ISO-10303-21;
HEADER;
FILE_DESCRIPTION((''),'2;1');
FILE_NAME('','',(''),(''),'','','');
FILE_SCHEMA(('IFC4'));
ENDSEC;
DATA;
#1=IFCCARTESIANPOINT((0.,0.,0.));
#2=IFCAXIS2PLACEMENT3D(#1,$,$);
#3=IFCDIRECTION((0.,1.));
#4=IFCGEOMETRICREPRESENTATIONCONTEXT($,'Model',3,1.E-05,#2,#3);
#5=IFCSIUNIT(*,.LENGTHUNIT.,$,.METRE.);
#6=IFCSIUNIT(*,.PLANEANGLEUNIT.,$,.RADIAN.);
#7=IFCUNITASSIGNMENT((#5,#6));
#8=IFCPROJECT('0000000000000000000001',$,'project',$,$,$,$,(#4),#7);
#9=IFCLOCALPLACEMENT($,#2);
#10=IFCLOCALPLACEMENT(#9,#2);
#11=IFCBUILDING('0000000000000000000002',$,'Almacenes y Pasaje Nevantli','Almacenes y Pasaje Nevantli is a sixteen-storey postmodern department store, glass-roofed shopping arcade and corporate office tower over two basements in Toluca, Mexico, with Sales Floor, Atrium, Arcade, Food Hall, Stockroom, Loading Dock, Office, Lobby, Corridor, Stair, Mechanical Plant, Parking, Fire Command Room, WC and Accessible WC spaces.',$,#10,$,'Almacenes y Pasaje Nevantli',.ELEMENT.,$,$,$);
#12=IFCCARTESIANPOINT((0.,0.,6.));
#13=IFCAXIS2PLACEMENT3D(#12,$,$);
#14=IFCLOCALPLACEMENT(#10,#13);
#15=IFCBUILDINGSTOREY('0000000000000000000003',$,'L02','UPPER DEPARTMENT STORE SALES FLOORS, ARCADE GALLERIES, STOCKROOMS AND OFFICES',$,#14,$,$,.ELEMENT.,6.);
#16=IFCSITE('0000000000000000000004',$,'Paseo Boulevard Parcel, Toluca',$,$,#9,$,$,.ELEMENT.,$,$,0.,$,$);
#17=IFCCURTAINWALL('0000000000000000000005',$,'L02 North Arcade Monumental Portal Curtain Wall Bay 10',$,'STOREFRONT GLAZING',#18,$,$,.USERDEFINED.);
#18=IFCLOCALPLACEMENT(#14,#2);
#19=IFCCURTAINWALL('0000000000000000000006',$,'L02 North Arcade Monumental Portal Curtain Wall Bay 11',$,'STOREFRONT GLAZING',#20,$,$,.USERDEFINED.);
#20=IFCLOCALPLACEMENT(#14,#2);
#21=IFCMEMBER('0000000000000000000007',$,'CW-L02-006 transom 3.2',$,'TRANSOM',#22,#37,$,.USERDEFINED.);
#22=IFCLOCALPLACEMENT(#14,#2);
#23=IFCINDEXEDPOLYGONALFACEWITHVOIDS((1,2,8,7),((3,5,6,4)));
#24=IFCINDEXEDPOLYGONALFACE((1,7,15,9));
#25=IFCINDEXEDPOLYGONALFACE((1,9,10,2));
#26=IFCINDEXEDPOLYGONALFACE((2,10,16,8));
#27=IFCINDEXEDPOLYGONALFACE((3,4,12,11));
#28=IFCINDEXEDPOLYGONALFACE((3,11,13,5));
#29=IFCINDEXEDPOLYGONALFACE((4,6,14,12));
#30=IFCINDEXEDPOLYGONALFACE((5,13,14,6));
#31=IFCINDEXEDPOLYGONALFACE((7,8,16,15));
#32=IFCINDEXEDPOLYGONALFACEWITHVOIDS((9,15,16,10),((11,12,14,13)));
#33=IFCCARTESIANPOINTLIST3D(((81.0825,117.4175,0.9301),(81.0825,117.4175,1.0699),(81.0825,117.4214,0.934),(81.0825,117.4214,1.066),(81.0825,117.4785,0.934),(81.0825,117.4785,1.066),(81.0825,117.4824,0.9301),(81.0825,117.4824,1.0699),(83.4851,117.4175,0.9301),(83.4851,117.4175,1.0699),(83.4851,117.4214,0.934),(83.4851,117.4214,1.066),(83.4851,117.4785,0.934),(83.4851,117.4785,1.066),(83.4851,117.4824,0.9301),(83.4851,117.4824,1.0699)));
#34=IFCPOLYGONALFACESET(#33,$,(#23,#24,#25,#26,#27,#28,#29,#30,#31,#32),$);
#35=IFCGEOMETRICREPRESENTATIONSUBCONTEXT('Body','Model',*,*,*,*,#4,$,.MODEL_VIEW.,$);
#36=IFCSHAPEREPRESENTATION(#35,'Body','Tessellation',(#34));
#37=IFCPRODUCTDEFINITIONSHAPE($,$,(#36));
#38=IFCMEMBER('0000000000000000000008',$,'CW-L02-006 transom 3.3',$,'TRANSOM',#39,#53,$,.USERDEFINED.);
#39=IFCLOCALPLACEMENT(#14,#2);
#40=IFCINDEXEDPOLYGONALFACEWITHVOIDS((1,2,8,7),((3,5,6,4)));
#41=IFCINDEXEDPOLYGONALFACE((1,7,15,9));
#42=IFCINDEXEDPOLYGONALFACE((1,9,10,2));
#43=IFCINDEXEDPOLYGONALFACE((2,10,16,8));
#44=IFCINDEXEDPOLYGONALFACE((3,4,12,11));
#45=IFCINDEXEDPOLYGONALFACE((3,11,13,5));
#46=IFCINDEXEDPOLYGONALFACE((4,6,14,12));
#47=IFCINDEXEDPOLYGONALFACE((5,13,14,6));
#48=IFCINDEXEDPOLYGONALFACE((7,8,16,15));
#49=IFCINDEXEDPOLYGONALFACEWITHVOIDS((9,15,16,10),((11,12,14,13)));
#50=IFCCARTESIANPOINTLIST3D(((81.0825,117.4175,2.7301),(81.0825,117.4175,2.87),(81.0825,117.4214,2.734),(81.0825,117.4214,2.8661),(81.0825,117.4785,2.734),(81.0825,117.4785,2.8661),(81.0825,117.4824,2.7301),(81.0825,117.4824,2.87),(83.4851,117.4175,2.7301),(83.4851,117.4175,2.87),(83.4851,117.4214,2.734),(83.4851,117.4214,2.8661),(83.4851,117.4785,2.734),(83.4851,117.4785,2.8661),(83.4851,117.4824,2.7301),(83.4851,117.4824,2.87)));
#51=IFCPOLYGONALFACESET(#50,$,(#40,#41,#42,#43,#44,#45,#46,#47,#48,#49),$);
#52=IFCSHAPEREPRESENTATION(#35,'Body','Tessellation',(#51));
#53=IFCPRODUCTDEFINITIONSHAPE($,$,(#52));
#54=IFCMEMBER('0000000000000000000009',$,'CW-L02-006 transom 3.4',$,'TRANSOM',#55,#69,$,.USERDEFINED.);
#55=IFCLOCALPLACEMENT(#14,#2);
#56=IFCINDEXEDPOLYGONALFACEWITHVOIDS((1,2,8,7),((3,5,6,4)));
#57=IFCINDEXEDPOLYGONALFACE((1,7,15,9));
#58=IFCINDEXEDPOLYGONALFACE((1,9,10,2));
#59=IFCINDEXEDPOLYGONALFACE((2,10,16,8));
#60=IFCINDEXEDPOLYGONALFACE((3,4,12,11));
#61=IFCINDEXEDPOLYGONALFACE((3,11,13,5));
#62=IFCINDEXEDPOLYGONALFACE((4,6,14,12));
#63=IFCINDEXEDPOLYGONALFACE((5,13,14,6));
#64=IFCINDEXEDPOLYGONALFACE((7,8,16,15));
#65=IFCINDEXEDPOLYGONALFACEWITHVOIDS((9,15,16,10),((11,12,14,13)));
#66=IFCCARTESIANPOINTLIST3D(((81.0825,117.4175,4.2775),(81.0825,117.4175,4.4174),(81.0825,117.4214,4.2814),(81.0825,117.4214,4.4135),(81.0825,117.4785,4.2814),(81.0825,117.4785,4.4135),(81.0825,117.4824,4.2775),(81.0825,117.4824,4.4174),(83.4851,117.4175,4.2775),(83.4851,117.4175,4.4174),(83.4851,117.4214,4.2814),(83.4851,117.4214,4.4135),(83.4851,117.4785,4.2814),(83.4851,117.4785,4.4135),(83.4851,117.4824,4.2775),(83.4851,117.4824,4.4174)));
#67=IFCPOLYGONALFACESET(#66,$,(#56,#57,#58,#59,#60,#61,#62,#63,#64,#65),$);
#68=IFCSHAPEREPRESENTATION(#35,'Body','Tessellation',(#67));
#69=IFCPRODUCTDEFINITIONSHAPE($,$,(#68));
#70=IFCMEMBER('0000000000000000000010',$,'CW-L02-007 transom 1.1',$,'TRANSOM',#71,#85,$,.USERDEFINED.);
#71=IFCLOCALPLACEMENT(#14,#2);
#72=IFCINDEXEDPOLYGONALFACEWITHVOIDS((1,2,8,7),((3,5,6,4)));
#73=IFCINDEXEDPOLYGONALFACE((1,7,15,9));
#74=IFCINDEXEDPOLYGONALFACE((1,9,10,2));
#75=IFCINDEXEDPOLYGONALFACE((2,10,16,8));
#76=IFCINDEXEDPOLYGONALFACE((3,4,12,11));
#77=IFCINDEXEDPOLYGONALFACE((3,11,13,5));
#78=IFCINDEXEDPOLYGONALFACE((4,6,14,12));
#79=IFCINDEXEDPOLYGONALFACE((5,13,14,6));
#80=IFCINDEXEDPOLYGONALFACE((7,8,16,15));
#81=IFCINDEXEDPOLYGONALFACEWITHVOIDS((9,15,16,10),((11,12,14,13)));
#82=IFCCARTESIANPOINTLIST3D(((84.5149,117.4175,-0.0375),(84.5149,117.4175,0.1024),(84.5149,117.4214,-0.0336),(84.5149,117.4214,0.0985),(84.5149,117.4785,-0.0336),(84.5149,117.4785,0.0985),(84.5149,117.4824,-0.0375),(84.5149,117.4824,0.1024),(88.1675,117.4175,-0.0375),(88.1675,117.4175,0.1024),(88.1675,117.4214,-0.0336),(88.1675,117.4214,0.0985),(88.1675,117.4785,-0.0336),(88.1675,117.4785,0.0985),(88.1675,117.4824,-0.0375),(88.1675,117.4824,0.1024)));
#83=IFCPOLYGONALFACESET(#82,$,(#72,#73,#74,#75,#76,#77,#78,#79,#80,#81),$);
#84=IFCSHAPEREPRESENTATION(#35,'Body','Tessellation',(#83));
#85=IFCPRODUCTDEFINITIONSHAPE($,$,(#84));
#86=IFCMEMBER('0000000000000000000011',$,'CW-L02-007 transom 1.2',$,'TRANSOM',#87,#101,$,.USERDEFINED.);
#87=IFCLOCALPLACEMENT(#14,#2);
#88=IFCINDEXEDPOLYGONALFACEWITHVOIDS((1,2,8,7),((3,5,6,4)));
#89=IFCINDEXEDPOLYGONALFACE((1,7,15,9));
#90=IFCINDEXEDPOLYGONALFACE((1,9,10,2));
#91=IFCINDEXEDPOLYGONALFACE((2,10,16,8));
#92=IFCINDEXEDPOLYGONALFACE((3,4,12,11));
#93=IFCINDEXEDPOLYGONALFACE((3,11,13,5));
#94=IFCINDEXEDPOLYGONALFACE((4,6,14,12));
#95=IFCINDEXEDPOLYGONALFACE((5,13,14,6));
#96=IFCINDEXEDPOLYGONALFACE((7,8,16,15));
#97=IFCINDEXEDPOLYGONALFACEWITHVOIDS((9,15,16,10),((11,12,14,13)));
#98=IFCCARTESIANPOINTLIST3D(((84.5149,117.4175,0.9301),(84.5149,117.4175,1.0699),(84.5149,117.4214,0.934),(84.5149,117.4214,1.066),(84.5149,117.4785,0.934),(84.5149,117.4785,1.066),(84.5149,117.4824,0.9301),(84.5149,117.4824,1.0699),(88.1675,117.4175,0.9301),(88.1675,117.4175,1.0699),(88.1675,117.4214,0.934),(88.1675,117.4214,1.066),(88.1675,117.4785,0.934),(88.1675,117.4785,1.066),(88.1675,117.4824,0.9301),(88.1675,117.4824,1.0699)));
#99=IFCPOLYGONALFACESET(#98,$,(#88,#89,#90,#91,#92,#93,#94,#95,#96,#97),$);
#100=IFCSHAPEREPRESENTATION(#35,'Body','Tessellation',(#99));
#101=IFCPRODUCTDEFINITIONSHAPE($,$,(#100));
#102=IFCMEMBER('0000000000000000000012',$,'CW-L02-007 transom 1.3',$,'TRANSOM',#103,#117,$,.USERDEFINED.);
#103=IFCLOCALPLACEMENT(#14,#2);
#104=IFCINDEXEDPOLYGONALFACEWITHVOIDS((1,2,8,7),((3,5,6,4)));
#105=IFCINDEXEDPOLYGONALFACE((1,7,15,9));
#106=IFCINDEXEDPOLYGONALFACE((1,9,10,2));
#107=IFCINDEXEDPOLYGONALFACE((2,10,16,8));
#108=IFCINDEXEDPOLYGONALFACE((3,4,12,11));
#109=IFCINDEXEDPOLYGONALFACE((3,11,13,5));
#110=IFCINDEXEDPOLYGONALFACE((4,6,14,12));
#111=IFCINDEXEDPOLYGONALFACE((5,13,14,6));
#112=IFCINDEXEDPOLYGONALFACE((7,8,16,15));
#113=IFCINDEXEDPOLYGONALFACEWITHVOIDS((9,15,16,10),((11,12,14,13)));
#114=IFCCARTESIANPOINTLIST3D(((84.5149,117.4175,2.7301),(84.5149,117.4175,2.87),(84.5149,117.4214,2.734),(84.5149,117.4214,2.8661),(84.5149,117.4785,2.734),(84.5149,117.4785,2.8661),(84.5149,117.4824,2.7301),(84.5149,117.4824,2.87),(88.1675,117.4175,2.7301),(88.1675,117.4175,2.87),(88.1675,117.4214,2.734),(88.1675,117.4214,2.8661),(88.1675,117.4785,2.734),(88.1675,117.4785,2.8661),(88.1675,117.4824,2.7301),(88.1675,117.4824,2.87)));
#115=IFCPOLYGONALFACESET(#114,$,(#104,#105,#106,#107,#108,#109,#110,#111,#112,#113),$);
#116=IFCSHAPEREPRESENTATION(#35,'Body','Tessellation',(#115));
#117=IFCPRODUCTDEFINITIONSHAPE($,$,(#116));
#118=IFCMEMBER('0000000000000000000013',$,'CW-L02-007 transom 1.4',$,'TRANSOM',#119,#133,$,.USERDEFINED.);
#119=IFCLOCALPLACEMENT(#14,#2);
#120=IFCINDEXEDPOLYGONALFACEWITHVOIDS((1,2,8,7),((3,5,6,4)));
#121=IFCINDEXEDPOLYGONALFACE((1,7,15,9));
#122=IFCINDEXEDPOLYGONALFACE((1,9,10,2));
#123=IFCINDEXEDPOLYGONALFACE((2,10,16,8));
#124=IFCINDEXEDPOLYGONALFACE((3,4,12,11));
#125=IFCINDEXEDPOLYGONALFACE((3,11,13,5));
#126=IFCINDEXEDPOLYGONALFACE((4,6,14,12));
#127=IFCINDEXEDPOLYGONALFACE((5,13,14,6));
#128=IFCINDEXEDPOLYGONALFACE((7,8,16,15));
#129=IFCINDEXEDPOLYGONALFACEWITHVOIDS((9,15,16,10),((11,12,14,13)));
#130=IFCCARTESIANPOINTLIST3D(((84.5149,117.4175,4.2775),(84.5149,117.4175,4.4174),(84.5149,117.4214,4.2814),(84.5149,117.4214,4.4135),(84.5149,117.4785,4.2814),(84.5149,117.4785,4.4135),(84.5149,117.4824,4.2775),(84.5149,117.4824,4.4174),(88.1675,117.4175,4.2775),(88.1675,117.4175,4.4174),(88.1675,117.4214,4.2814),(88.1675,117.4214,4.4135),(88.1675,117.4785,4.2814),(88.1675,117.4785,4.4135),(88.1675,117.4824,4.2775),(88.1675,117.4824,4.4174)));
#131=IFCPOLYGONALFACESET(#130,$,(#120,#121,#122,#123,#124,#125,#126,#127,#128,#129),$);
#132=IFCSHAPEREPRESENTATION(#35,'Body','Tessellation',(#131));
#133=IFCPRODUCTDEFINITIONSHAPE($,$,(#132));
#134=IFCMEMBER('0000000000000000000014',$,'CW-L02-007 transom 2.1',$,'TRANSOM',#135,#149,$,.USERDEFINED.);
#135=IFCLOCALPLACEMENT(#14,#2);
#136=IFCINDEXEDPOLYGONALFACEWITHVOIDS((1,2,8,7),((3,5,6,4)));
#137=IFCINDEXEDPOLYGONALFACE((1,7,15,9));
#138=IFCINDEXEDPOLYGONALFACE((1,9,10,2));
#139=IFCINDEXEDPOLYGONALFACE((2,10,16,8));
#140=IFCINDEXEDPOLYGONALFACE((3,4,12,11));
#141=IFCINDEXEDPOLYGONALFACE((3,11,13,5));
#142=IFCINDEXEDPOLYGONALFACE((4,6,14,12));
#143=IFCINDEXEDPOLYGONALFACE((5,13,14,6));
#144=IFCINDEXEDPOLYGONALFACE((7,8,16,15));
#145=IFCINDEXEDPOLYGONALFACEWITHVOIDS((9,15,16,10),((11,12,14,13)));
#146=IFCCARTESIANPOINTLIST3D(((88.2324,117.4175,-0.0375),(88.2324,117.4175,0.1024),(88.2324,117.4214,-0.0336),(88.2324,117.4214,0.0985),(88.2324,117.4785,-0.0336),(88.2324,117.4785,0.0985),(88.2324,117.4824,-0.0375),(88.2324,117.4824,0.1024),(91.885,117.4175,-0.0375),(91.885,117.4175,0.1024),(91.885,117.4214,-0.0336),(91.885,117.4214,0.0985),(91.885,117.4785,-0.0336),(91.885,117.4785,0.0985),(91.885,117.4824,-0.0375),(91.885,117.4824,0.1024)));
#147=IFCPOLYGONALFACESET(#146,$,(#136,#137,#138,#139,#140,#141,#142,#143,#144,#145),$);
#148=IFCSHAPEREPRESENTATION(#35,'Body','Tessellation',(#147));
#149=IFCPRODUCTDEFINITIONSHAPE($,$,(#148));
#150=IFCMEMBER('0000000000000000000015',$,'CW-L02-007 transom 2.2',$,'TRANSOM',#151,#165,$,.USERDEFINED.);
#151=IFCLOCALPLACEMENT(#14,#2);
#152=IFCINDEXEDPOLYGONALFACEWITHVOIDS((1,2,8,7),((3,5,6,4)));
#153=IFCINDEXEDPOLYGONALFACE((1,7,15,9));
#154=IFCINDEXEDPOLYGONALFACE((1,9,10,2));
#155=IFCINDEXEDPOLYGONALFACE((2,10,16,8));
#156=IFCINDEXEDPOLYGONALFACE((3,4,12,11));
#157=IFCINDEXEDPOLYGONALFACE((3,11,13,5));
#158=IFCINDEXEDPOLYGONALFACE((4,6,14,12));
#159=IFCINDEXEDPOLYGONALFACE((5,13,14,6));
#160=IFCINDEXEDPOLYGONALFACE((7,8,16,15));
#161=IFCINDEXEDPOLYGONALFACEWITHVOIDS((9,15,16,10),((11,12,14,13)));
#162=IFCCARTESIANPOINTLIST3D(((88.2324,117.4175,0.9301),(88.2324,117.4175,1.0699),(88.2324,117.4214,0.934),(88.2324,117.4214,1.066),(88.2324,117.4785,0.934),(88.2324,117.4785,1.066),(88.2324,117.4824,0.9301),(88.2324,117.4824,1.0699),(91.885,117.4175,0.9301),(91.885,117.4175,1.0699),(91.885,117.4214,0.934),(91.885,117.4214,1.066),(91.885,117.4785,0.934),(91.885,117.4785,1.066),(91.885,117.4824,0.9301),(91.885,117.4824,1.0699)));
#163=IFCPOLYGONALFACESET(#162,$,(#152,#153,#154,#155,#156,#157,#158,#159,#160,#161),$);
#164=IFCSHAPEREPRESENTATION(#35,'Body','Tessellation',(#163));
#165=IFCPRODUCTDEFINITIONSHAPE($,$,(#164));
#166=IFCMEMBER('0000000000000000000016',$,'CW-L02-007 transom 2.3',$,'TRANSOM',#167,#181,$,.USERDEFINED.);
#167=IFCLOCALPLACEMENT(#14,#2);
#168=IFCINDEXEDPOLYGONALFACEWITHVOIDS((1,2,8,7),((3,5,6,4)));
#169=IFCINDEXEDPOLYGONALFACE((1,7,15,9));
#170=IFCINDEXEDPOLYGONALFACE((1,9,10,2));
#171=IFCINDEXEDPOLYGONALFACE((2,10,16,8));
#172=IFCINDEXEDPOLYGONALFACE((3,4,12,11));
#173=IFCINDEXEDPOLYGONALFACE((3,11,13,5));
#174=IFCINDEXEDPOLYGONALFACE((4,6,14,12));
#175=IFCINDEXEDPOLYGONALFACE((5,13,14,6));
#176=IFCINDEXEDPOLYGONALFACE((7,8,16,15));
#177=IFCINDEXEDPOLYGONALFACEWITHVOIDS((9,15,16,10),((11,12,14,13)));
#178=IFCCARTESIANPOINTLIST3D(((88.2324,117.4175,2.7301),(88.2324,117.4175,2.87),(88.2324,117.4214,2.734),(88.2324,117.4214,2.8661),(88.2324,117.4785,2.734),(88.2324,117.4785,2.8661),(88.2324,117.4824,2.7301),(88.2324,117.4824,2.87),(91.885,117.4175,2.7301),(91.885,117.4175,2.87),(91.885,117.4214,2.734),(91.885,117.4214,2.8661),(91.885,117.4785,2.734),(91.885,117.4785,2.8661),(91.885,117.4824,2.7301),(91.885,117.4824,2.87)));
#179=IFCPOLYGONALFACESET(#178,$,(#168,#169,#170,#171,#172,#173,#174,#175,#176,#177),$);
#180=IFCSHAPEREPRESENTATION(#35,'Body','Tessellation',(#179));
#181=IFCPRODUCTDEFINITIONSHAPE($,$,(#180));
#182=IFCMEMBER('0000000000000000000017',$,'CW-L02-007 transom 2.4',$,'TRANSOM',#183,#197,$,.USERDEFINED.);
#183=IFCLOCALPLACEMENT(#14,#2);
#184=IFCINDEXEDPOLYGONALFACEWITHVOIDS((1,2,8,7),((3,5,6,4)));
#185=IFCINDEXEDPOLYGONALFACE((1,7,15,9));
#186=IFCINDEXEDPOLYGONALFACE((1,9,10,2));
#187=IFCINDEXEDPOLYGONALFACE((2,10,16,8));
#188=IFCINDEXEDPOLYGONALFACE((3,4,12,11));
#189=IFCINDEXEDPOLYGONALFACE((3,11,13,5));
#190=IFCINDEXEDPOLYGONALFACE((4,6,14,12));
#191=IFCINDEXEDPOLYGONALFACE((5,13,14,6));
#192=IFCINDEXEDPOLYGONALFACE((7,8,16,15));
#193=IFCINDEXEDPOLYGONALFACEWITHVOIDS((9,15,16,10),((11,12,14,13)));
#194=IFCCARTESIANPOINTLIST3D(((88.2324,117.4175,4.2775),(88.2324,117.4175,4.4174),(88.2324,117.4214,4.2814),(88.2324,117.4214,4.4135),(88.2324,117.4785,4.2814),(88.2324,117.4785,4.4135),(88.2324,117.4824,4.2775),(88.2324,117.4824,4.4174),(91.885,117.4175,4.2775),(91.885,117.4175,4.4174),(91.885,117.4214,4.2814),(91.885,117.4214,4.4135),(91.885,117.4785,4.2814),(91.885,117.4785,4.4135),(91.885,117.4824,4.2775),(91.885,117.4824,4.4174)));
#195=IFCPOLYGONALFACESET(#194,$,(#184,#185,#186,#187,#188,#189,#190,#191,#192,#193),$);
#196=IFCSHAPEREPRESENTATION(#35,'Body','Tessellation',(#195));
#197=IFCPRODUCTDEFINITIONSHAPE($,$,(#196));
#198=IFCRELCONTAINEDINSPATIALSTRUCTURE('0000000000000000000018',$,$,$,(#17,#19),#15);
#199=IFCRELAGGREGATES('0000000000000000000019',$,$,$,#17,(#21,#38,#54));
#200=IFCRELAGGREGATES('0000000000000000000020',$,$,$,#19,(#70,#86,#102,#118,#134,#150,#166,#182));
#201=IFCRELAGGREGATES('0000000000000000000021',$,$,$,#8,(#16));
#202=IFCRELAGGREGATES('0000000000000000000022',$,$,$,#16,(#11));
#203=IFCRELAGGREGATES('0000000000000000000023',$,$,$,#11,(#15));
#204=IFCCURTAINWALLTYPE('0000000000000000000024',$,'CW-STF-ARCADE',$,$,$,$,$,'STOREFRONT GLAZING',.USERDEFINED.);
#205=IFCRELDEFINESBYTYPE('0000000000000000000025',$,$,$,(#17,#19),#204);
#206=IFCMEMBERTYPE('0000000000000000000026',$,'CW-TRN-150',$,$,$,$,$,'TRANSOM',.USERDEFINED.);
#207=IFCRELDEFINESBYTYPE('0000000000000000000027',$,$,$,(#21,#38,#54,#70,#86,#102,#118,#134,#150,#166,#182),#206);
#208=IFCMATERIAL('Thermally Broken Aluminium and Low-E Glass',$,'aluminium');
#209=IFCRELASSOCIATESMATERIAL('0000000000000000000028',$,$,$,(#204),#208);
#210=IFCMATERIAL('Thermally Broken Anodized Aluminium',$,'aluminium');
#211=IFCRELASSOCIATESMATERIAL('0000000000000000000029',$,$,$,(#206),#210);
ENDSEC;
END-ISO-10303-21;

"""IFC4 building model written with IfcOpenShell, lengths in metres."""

from ifc_helpers import new_model, si_unit, direction, frame, origin, origin_2d, place, context, subcontext, project, spatial, hollow_rectangle, extrude, material, material_profile, profile_set, type_object, element, aggregate, save


model = new_model("IFC4")

# Units and contexts
model_context = context("Model", 3, precision=1e-05, world=origin(), true_north=direction((0.0, 1.0)))
body_context = subcontext(model_context, "Body", "Model", "MODEL_VIEW")
ifc_project = project(units=[si_unit("LENGTHUNIT", "METRE"), si_unit("PLANEANGLEUNIT", "RADIAN")], contexts=[model_context])

# Site, building, storey
site_placement = place(None, origin())
site = spatial("IfcSite", under=ifc_project, at=site_placement, Name="Paseo Boulevard Parcel, Toluca", CompositionType="ELEMENT", RefElevation=0.0)
building_placement = place(site_placement, origin())
building = spatial("IfcBuilding", under=site, at=building_placement, Name="Almacenes y Pasaje Nevantli", Description="Almacenes y Pasaje Nevantli is a sixteen-storey postmodern department store, glass-roofed shopping arcade and corporate office tower over two basements in Toluca, Mexico, with Sales Floor, Atrium, Arcade, Food Hall, Stockroom, Loading Dock, Office, Lobby, Corridor, Stair, Mechanical Plant, Parking, Fire Command Room, WC and Accessible WC spaces.", LongName="Almacenes y Pasaje Nevantli", CompositionType="ELEMENT")
storey_placement = place(building_placement, frame((0.0, 0.0, 6.0)))
storey = spatial("IfcBuildingStorey", under=building, at=storey_placement, Name="L02", Description="UPPER DEPARTMENT STORE SALES FLOORS, ARCADE GALLERIES, STOCKROOMS AND OFFICES", CompositionType="ELEMENT", Elevation=6.0)

# Curtain walls
ifc_material_1 = material(Name="Thermally Broken Aluminium and Low-E Glass", Category="aluminium")
curtain_wall_type = type_object("IfcCurtainWallType", Name="CW-STF-ARCADE", ElementType="STOREFRONT GLAZING", PredefinedType="USERDEFINED", material=ifc_material_1)
curtain_wall_1_placement = place(storey_placement, origin())
curtain_wall_1 = element("IfcCurtainWall", 1, at=curtain_wall_1_placement, inside=storey, type_object=curtain_wall_type, Name="L02 North Arcade Monumental Portal Curtain Wall Bay 10", ObjectType="STOREFRONT GLAZING", PredefinedType="USERDEFINED")
curtain_wall_2_placement = place(storey_placement, origin())
curtain_wall_2 = element("IfcCurtainWall", 2, at=curtain_wall_2_placement, inside=storey, type_object=curtain_wall_type, Name="L02 North Arcade Monumental Portal Curtain Wall Bay 11", ObjectType="STOREFRONT GLAZING", PredefinedType="USERDEFINED")

# Members
ifc_material_2 = material(Name="Thermally Broken Anodized Aluminium", Category="aluminium")
ifc_material_profile_1 = material_profile(ifc_material_2, hollow_rectangle(XDim=0.0649, YDim=0.1399, WallThickness=0.0039, at=origin_2d()), Name="ALU-TRN-65x140")
ifc_profile_set_1 = profile_set([ifc_material_profile_1], Name="Thermally Broken Anodized Aluminium")
member_type_1 = type_object("IfcMemberType", Name="CW-TRN-150", ElementType="TRANSOM", PredefinedType="USERDEFINED", material=ifc_profile_set_1)
member_1_placement = place(storey_placement, frame((81.0825, 117.45, 1.0), z_axis=(1.0, 0.0, 0.0), x_axis=(0.0, 1.0, 0.0)))
member_1 = element("IfcMember", 3, at=member_1_placement, type_object=member_type_1, Name="CW-L02-006 transom 3.2", ObjectType="TRANSOM", PredefinedType="USERDEFINED", context=body_context, shape_type="SweptSolid", body=[
    extrude(hollow_rectangle(XDim=0.0649, YDim=0.1399, WallThickness=0.0039, at=origin_2d()), origin(), (0.0, 0.0, 1.0), 2.4026),
])
member_2_placement = place(storey_placement, frame((81.0825, 117.45, 2.8), z_axis=(1.0, 0.0, 0.0), x_axis=(0.0, 1.0, 0.0)))
member_2 = element("IfcMember", 4, at=member_2_placement, type_object=member_type_1, Name="CW-L02-006 transom 3.3", ObjectType="TRANSOM", PredefinedType="USERDEFINED", context=body_context, shape_type="SweptSolid", body=[
    extrude(hollow_rectangle(XDim=0.0649, YDim=0.1399, WallThickness=0.0039, at=origin_2d()), origin(), (0.0, 0.0, 1.0), 2.4026),
])
member_3_placement = place(storey_placement, frame((81.0825, 117.45, 4.3474), z_axis=(1.0, 0.0, 0.0), x_axis=(0.0, 1.0, 0.0)))
member_3 = element("IfcMember", 5, at=member_3_placement, type_object=member_type_1, Name="CW-L02-006 transom 3.4", ObjectType="TRANSOM", PredefinedType="USERDEFINED", context=body_context, shape_type="SweptSolid", body=[
    extrude(hollow_rectangle(XDim=0.0649, YDim=0.1399, WallThickness=0.0039, at=origin_2d()), origin(), (0.0, 0.0, 1.0), 2.4026),
])
member_4_placement = place(storey_placement, frame((84.5149, 117.45, 0.0325), z_axis=(1.0, 0.0, 0.0), x_axis=(0.0, 1.0, 0.0)))
member_4 = element("IfcMember", 6, at=member_4_placement, type_object=member_type_1, Name="CW-L02-007 transom 1.1", ObjectType="TRANSOM", PredefinedType="USERDEFINED", context=body_context, shape_type="SweptSolid", body=[
    extrude(hollow_rectangle(XDim=0.0649, YDim=0.1399, WallThickness=0.0039, at=origin_2d()), origin(), (0.0, 0.0, 1.0), 3.6526),
])
member_5_placement = place(storey_placement, frame((84.5149, 117.45, 1.0), z_axis=(1.0, 0.0, 0.0), x_axis=(0.0, 1.0, 0.0)))
member_5 = element("IfcMember", 7, at=member_5_placement, type_object=member_type_1, Name="CW-L02-007 transom 1.2", ObjectType="TRANSOM", PredefinedType="USERDEFINED", context=body_context, shape_type="SweptSolid", body=[
    extrude(hollow_rectangle(XDim=0.0649, YDim=0.1399, WallThickness=0.0039, at=origin_2d()), origin(), (0.0, 0.0, 1.0), 3.6526),
])
member_6_placement = place(storey_placement, frame((84.5149, 117.45, 2.8), z_axis=(1.0, 0.0, 0.0), x_axis=(0.0, 1.0, 0.0)))
member_6 = element("IfcMember", 8, at=member_6_placement, type_object=member_type_1, Name="CW-L02-007 transom 1.3", ObjectType="TRANSOM", PredefinedType="USERDEFINED", context=body_context, shape_type="SweptSolid", body=[
    extrude(hollow_rectangle(XDim=0.0649, YDim=0.1399, WallThickness=0.0039, at=origin_2d()), origin(), (0.0, 0.0, 1.0), 3.6526),
])
member_7_placement = place(storey_placement, frame((84.5149, 117.45, 4.3474), z_axis=(1.0, 0.0, 0.0), x_axis=(0.0, 1.0, 0.0)))
member_7 = element("IfcMember", 9, at=member_7_placement, type_object=member_type_1, Name="CW-L02-007 transom 1.4", ObjectType="TRANSOM", PredefinedType="USERDEFINED", context=body_context, shape_type="SweptSolid", body=[
    extrude(hollow_rectangle(XDim=0.0649, YDim=0.1399, WallThickness=0.0039, at=origin_2d()), origin(), (0.0, 0.0, 1.0), 3.6526),
])
member_8_placement = place(storey_placement, frame((88.2324, 117.45, 0.0325), z_axis=(1.0, 0.0, 0.0), x_axis=(0.0, 1.0, 0.0)))
member_8 = element("IfcMember", 10, at=member_8_placement, type_object=member_type_1, Name="CW-L02-007 transom 2.1", ObjectType="TRANSOM", PredefinedType="USERDEFINED", context=body_context, shape_type="SweptSolid", body=[
    extrude(hollow_rectangle(XDim=0.0649, YDim=0.1399, WallThickness=0.0039, at=origin_2d()), origin(), (0.0, 0.0, 1.0), 3.6526),
])
member_9_placement = place(storey_placement, frame((88.2324, 117.45, 1.0), z_axis=(1.0, 0.0, 0.0), x_axis=(0.0, 1.0, 0.0)))
member_9 = element("IfcMember", 11, at=member_9_placement, type_object=member_type_1, Name="CW-L02-007 transom 2.2", ObjectType="TRANSOM", PredefinedType="USERDEFINED", context=body_context, shape_type="SweptSolid", body=[
    extrude(hollow_rectangle(XDim=0.0649, YDim=0.1399, WallThickness=0.0039, at=origin_2d()), origin(), (0.0, 0.0, 1.0), 3.6526),
])
member_10_placement = place(storey_placement, frame((88.2324, 117.45, 2.8), z_axis=(1.0, 0.0, 0.0), x_axis=(0.0, 1.0, 0.0)))
member_10 = element("IfcMember", 12, at=member_10_placement, type_object=member_type_1, Name="CW-L02-007 transom 2.3", ObjectType="TRANSOM", PredefinedType="USERDEFINED", context=body_context, shape_type="SweptSolid", body=[
    extrude(hollow_rectangle(XDim=0.0649, YDim=0.1399, WallThickness=0.0039, at=origin_2d()), origin(), (0.0, 0.0, 1.0), 3.6526),
])
member_11_placement = place(storey_placement, frame((88.2324, 117.45, 4.3474), z_axis=(1.0, 0.0, 0.0), x_axis=(0.0, 1.0, 0.0)))
member_11 = element("IfcMember", 13, at=member_11_placement, type_object=member_type_1, Name="CW-L02-007 transom 2.4", ObjectType="TRANSOM", PredefinedType="USERDEFINED", context=body_context, shape_type="SweptSolid", body=[
    extrude(hollow_rectangle(XDim=0.0649, YDim=0.1399, WallThickness=0.0039, at=origin_2d()), origin(), (0.0, 0.0, 1.0), 3.6526),
])

aggregate(curtain_wall_1, [member_1, member_2, member_3])
aggregate(curtain_wall_2, [member_4, member_5, member_6, member_7, member_8, member_9, member_10, member_11])

save(model, "model.ifc")
